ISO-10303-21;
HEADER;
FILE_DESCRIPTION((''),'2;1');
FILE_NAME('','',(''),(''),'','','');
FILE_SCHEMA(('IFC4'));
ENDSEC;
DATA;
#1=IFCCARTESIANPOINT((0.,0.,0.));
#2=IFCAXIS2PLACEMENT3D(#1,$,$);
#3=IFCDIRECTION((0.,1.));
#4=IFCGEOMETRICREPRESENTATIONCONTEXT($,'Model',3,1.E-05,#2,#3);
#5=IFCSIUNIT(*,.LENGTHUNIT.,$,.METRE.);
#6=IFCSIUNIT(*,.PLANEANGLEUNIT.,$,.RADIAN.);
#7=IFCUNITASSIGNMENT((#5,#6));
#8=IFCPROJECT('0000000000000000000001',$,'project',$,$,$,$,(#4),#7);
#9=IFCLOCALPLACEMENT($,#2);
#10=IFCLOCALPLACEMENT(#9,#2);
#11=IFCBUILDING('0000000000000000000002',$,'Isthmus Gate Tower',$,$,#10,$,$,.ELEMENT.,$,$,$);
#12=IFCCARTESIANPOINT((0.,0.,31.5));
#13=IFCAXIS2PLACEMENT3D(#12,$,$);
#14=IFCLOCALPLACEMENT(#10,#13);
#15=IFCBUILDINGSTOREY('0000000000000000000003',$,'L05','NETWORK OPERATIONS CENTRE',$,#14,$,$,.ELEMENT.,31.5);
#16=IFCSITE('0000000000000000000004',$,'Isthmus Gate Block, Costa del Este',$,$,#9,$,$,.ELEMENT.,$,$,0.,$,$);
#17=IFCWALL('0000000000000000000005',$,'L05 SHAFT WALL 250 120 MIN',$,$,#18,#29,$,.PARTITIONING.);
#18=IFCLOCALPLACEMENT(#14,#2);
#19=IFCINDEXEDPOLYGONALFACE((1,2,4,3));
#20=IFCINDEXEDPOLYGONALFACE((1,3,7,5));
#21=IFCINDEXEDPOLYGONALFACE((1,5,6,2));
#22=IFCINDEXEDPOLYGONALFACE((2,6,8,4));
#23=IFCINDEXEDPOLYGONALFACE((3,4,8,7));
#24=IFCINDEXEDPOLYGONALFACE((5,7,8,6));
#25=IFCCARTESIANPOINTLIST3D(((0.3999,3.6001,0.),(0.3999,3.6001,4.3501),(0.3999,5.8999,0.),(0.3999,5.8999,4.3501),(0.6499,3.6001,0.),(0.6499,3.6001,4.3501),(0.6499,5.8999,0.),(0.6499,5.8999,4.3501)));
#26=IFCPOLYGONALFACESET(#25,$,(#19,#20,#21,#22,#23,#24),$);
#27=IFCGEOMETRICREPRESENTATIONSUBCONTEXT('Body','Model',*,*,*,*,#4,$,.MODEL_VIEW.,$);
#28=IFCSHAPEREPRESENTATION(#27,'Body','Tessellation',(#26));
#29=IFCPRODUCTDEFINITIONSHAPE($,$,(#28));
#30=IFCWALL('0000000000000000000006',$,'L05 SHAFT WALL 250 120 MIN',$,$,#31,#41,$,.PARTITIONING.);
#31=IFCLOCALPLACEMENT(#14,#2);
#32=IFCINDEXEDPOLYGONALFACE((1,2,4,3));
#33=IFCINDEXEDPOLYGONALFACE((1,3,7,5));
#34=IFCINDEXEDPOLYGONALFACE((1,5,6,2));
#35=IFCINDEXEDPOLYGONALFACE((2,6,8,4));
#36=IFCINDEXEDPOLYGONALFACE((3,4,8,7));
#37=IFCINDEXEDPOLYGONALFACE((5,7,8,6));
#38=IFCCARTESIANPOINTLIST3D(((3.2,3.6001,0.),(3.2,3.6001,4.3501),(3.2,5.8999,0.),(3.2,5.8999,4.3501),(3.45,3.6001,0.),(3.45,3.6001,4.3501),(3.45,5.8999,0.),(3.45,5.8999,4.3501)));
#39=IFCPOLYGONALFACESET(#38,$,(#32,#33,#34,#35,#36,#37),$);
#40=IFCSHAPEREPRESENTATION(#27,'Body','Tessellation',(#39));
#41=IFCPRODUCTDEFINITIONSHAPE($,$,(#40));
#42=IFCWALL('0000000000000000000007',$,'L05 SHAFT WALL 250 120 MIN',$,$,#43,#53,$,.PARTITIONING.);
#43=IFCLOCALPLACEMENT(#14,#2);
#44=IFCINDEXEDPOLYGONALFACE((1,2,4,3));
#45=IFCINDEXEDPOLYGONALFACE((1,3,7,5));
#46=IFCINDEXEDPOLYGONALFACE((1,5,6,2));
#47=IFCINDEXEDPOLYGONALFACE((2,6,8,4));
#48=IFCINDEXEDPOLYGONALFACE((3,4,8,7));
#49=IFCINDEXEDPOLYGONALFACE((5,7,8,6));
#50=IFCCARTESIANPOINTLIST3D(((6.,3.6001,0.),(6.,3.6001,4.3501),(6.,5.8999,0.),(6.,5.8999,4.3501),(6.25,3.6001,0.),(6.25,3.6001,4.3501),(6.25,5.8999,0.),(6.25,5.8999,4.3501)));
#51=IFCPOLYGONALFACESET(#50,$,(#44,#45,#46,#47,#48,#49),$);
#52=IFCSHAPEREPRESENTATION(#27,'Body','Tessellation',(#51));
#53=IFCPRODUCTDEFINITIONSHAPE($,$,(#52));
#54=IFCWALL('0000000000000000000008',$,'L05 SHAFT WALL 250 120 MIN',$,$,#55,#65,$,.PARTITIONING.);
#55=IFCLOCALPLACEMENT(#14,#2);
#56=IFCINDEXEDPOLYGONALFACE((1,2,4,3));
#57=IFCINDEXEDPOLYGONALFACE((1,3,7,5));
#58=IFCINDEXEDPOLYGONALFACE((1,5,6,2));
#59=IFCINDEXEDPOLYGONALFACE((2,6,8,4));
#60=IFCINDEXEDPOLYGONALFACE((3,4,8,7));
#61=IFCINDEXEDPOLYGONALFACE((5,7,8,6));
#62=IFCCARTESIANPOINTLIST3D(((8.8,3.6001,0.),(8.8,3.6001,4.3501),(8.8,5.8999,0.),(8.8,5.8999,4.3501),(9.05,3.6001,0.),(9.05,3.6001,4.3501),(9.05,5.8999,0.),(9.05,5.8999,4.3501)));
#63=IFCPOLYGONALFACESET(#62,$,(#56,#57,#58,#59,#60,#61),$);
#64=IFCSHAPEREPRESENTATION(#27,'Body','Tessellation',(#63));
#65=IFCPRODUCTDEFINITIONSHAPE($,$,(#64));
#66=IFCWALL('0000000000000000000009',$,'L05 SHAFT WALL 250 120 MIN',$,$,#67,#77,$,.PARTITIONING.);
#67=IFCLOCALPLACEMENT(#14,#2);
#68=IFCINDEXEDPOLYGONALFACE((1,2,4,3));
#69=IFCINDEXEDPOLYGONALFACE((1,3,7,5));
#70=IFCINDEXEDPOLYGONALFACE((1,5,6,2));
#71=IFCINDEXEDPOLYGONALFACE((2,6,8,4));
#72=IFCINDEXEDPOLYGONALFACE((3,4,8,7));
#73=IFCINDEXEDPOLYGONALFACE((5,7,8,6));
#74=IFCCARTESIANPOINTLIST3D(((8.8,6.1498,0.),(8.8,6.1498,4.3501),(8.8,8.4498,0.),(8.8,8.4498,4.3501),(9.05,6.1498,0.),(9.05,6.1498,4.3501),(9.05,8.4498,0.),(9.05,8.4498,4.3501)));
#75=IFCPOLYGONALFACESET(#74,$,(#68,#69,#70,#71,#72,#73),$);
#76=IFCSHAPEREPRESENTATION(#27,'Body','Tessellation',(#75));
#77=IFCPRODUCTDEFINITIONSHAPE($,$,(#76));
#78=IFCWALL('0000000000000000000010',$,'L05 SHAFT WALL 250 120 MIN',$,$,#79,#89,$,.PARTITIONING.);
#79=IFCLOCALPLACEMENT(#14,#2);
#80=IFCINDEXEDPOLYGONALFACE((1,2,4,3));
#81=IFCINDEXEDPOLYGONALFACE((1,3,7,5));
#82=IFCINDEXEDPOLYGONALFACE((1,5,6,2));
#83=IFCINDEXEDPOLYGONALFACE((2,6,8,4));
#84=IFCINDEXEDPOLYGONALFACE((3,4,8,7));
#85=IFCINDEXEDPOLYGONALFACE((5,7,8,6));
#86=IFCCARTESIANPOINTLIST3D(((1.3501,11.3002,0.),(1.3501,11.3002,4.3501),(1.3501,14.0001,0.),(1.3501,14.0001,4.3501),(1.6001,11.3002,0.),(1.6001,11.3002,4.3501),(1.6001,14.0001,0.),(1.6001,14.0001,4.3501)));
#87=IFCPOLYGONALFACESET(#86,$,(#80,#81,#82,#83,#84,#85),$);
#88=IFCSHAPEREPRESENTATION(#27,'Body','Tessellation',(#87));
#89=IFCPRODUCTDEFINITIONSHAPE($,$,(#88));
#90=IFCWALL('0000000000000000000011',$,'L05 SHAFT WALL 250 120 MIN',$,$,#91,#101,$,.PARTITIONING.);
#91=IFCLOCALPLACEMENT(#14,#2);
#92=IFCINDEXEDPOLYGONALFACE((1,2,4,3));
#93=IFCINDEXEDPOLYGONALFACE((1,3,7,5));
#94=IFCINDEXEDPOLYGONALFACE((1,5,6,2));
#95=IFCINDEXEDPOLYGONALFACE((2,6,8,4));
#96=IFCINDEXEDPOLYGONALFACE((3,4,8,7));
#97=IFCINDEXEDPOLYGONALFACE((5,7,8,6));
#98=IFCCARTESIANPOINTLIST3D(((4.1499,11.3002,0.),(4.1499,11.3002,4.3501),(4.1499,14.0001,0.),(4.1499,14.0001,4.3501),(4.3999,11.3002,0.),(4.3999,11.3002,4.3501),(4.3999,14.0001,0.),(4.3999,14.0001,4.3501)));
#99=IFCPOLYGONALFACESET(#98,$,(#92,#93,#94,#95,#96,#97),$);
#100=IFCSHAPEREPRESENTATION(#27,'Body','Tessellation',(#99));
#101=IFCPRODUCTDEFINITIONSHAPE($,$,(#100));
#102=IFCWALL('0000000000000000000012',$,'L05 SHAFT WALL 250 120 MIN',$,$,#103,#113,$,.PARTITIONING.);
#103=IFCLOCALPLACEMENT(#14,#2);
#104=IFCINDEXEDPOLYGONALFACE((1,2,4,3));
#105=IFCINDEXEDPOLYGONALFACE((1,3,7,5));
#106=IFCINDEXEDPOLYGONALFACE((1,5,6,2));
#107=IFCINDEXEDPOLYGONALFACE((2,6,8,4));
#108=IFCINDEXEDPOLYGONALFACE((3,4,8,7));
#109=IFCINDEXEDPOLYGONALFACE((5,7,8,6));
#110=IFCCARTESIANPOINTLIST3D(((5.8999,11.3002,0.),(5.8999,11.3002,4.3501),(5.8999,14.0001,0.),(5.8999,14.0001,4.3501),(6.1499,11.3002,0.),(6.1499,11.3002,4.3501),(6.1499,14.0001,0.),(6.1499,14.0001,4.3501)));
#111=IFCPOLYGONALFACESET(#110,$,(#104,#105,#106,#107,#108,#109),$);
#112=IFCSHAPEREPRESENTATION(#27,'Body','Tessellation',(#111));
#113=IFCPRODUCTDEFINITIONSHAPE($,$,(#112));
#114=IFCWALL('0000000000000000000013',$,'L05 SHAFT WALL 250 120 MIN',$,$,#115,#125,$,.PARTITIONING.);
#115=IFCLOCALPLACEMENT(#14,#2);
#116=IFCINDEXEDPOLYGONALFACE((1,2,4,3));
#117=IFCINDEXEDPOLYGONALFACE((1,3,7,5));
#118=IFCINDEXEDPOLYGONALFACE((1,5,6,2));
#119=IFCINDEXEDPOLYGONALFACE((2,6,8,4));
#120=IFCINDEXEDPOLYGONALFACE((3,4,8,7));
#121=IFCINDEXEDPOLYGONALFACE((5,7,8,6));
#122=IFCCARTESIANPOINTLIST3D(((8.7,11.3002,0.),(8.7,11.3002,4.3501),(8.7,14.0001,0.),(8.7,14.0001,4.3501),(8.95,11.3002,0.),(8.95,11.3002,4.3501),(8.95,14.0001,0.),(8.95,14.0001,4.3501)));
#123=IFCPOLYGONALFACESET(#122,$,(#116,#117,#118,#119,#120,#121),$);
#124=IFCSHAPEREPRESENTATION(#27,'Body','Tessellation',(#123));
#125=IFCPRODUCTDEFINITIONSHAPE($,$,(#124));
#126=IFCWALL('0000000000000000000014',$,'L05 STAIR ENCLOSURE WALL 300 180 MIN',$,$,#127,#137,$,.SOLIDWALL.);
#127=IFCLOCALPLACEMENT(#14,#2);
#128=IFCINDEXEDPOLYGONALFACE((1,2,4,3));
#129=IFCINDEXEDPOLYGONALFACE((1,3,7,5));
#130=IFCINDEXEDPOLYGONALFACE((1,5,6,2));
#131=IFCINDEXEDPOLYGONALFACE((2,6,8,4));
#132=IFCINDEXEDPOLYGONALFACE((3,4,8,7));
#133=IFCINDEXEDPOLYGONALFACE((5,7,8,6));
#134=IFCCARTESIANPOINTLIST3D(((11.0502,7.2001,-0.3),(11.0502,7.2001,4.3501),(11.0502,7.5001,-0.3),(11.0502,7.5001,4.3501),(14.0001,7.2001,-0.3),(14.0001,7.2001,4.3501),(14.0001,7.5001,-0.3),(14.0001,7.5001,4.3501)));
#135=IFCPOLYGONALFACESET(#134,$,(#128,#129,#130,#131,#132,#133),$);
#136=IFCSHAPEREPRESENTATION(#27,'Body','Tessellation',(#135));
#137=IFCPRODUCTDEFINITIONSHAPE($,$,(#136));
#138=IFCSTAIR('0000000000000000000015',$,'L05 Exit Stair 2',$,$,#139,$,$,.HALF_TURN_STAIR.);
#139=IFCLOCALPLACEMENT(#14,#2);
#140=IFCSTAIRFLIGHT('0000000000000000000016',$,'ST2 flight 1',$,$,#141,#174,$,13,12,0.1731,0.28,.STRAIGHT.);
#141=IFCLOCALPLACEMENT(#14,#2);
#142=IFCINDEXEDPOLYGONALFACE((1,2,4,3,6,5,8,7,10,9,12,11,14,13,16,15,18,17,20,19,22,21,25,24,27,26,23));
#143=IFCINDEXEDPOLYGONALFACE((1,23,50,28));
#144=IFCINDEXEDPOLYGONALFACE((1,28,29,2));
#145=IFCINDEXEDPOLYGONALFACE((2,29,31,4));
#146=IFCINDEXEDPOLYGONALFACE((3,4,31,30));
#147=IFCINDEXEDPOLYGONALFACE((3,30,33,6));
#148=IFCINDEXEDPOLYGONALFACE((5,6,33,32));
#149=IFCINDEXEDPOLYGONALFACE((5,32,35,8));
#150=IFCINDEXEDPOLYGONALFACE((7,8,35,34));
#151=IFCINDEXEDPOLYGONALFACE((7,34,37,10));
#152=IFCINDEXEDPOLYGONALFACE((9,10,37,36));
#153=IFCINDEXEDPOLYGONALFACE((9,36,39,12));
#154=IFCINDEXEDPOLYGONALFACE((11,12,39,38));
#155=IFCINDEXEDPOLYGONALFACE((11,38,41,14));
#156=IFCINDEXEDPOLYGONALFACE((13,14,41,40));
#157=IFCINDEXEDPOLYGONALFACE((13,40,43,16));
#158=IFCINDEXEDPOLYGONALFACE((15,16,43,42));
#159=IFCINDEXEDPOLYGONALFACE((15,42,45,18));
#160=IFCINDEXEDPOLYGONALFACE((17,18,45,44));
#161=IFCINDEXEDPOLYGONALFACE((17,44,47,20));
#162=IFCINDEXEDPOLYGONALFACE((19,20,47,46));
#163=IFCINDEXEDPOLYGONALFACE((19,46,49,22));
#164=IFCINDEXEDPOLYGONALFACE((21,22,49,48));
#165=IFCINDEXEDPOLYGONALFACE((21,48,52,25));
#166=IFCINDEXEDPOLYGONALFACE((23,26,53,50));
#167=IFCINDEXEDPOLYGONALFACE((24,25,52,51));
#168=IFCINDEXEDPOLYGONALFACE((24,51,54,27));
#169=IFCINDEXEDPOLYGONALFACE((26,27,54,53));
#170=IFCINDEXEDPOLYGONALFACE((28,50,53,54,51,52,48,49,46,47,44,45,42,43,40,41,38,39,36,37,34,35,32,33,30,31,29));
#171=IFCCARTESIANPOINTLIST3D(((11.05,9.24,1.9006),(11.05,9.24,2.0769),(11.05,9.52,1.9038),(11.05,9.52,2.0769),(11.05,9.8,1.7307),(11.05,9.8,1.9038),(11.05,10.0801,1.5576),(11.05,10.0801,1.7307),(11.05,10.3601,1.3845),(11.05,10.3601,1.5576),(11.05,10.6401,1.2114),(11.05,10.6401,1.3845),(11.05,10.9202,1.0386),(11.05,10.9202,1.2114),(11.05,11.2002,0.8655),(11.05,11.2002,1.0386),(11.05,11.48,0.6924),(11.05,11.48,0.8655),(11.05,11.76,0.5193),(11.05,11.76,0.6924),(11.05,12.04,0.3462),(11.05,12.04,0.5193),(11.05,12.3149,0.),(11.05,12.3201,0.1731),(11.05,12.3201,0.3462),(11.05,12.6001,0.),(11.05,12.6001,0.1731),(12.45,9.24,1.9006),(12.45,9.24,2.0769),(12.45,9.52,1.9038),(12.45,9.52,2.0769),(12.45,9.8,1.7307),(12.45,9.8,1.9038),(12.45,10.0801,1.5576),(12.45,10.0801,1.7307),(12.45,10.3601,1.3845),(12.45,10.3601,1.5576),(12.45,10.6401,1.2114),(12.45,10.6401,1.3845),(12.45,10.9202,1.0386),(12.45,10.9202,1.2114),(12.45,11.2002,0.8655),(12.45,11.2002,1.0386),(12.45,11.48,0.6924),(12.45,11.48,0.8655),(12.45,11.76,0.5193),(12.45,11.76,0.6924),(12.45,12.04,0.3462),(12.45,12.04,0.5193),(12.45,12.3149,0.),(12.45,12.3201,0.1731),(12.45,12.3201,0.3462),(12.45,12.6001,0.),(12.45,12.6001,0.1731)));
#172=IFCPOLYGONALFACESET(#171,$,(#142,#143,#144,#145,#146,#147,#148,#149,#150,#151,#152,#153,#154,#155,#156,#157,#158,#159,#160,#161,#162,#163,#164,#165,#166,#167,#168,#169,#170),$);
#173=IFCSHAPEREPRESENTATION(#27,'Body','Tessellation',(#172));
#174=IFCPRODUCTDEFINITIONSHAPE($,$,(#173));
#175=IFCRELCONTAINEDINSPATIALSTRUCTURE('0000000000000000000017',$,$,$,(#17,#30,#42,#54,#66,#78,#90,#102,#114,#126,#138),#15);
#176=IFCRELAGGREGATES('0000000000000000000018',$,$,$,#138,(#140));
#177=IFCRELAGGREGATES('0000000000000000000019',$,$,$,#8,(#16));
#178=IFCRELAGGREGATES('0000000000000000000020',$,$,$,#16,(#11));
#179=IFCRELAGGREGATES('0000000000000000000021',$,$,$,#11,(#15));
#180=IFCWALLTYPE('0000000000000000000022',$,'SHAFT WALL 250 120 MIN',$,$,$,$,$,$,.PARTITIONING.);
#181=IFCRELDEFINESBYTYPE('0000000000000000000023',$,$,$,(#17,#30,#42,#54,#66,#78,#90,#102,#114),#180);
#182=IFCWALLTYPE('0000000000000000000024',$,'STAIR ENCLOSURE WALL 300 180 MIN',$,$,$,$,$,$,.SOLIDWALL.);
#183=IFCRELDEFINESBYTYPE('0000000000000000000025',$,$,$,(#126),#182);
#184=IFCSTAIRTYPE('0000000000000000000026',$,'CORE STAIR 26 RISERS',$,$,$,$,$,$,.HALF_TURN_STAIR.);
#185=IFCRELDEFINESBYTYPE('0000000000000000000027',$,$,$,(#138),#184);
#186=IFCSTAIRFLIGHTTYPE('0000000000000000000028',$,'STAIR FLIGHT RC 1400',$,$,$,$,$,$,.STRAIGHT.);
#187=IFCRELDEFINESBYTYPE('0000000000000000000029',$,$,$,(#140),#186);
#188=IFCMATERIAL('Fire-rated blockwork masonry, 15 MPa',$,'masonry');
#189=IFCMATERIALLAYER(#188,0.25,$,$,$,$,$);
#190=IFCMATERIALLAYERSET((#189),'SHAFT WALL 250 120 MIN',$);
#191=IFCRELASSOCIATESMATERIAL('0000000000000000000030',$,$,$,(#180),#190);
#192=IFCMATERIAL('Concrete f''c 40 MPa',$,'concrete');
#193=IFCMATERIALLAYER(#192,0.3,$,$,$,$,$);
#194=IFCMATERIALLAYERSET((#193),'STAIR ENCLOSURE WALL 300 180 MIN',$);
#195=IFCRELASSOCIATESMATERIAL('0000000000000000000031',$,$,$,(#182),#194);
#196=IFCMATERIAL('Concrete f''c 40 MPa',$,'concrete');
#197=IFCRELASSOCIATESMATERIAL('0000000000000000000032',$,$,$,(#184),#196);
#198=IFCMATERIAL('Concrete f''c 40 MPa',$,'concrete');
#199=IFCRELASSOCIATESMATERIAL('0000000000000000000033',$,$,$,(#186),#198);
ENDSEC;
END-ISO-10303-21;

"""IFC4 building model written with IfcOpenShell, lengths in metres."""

from ifc_helpers import new_model, si_unit, direction, frame, frame_2d, origin, place, context, subcontext, project, spatial, polyline, rectangle, outline, extrude, material, layer, layer_set, type_object, element, aggregate, save


model = new_model("IFC4")

# Units and contexts
model_context = context("Model", 3, precision=1e-05, world=origin(), true_north=direction((0.0, 1.0)))
body_context = subcontext(model_context, "Body", "Model", "MODEL_VIEW")
ifc_project = project(units=[si_unit("LENGTHUNIT", "METRE"), si_unit("PLANEANGLEUNIT", "RADIAN")], contexts=[model_context])

# Site, building, storey
site_placement = place(None, origin())
site = spatial("IfcSite", under=ifc_project, at=site_placement, Name="Isthmus Gate Block, Costa del Este", CompositionType="ELEMENT", RefElevation=0.0)
building_placement = place(site_placement, origin())
building = spatial("IfcBuilding", under=site, at=building_placement, Name="Isthmus Gate Tower", CompositionType="ELEMENT")
storey_placement = place(building_placement, frame((0.0, 0.0, 31.5)))
storey = spatial("IfcBuildingStorey", under=building, at=storey_placement, Name="L05", Description="NETWORK OPERATIONS CENTRE", CompositionType="ELEMENT", Elevation=31.5)

# Walls
ifc_material_1 = material(Name="Fire-rated blockwork masonry, 15 MPa", Category="masonry")
ifc_layer_1 = layer(ifc_material_1, 0.25)
ifc_layer_set_1 = layer_set([ifc_layer_1], Name="SHAFT WALL 250 120 MIN")
wall_type_1 = type_object("IfcWallType", Name="SHAFT WALL 250 120 MIN", PredefinedType="PARTITIONING", material=ifc_layer_set_1)
for number, where, z_axis, x_axis, name in (
    (1, (0.5249, 3.6001, 0.0), (0.0, 0.0, 1.0), (0.0, 1.0, 0.0), "L05 SHAFT WALL 250 120 MIN"),
    (2, (3.325, 3.6001, 0.0), (0.0, 0.0, 1.0), (0.0, 1.0, 0.0), "L05 SHAFT WALL 250 120 MIN"),
    (3, (6.125, 3.6001, 0.0), (0.0, 0.0, 1.0), (0.0, 1.0, 0.0), "L05 SHAFT WALL 250 120 MIN"),
    (4, (8.925, 3.6001, 0.0), (0.0, 0.0, 1.0), (0.0, 1.0, 0.0), "L05 SHAFT WALL 250 120 MIN"),
):
    element("IfcWall", number, at=place(storey_placement, frame(where, z_axis=z_axis, x_axis=x_axis)), inside=storey, type_object=wall_type_1, Name=name, PredefinedType="PARTITIONING", context=body_context, shape_type="SweptSolid", body=[
        extrude(rectangle(XDim=2.2998, YDim=0.25, at=frame_2d((1.1499, 0.0))), origin(), (0.0, 0.0, 1.0), 4.3501),
    ])
wall_1_placement = place(storey_placement, frame((8.925, 6.1499, 0.0), z_axis=(0.0, 0.0, 1.0), x_axis=(0.0, 1.0, 0.0)))
element("IfcWall", 5, at=wall_1_placement, inside=storey, type_object=wall_type_1, Name="L05 SHAFT WALL 250 120 MIN", PredefinedType="PARTITIONING", context=body_context, shape_type="SweptSolid", body=[
    extrude(rectangle(XDim=2.3, YDim=0.25, at=frame_2d((1.1499, 0.0))), origin(), (0.0, 0.0, 1.0), 4.3501),
])
for number, where, z_axis, x_axis, name in (
    (6, (1.4751, 11.3, 0.0), (0.0, 0.0, 1.0), (0.0, 1.0, 0.0), "L05 SHAFT WALL 250 120 MIN"),
    (7, (4.2749, 11.3, 0.0), (0.0, 0.0, 1.0), (0.0, 1.0, 0.0), "L05 SHAFT WALL 250 120 MIN"),
    (8, (6.0249, 11.3, 0.0), (0.0, 0.0, 1.0), (0.0, 1.0, 0.0), "L05 SHAFT WALL 250 120 MIN"),
    (9, (8.825, 11.3, 0.0), (0.0, 0.0, 1.0), (0.0, 1.0, 0.0), "L05 SHAFT WALL 250 120 MIN"),
):
    element("IfcWall", number, at=place(storey_placement, frame(where, z_axis=z_axis, x_axis=x_axis)), inside=storey, type_object=wall_type_1, Name=name, PredefinedType="PARTITIONING", context=body_context, shape_type="SweptSolid", body=[
        extrude(rectangle(XDim=2.7, YDim=0.25, at=frame_2d((1.3501, 0.0))), origin(), (0.0, 0.0, 1.0), 4.3501),
    ])
ifc_material_2 = material(Name="Concrete f'c 40 MPa", Category="concrete")
ifc_layer_2 = layer(ifc_material_2, 0.3)
ifc_layer_set_2 = layer_set([ifc_layer_2], Name="STAIR ENCLOSURE WALL 300 180 MIN")
wall_type_2 = type_object("IfcWallType", Name="STAIR ENCLOSURE WALL 300 180 MIN", PredefinedType="SOLIDWALL", material=ifc_layer_set_2)
wall_2_placement = place(storey_placement, frame((11.05, 7.3501, -0.3), z_axis=(0.0, 0.0, 1.0), x_axis=(1.0, 0.0, 0.0)))
element("IfcWall", 10, at=wall_2_placement, inside=storey, type_object=wall_type_2, Name="L05 STAIR ENCLOSURE WALL 300 180 MIN", PredefinedType="SOLIDWALL", context=body_context, shape_type="SweptSolid", body=[
    extrude(rectangle(XDim=2.95, YDim=0.3, at=frame_2d((1.4751, 0.0))), origin(), (0.0, 0.0, 1.0), 4.6501),
])

# Stair, stair flight
ifc_material_3 = material(Name="Concrete f'c 40 MPa", Category="concrete")
stair_type = type_object("IfcStairType", Name="CORE STAIR 26 RISERS", PredefinedType="HALF_TURN_STAIR", material=ifc_material_3)
stair_1_placement = place(storey_placement, origin())
stair_1 = element("IfcStair", 11, at=stair_1_placement, inside=storey, type_object=stair_type, Name="L05 Exit Stair 2", PredefinedType="HALF_TURN_STAIR")
ifc_material_4 = material(Name="Concrete f'c 40 MPa", Category="concrete")
stair_flight_type = type_object("IfcStairFlightType", Name="STAIR FLIGHT RC 1400", PredefinedType="STRAIGHT", material=ifc_material_4)
stair_flight_1_placement = place(storey_placement, frame((11.75, 12.6001, 0.0), z_axis=(0.0, 0.0, 1.0), x_axis=(0.0, -1.0, 0.0)))
stair_flight_1 = element("IfcStairFlight", 12, at=stair_flight_1_placement, type_object=stair_flight_type, Name="ST2 flight 1", NumberOfRisers=13, NumberOfTreads=12, PredefinedType="STRAIGHT", RiserHeight=0.1731, TreadLength=0.28, context=body_context, shape_type="SweptSolid", body=[
    extrude(outline(polyline([(0.0, 0.0), (0.0, 0.1731), (0.28, 0.1731), (0.28, 0.3462), (0.5601, 0.3462), (0.5601, 0.5193), (0.8401, 0.5193), (0.8401, 0.6924), (1.1201, 0.6924), (1.1201, 0.8655), (1.3999, 0.8655), (1.3999, 1.0386), (1.6799, 1.0386), (1.6799, 1.2114), (1.96, 1.2114), (1.96, 1.3845), (2.24, 1.3845), (2.24, 1.5576), (2.52, 1.5576), (2.52, 1.7307), (2.8, 1.7307), (2.8, 1.9038), (3.0801, 1.9038), (3.0801, 2.0769), (3.3601, 2.0769), (3.3601, 2.25), (3.3601, 1.9006), (0.2852, 0.0), (0.0, 0.0)])), frame((0.0, 0.7, 0.0), z_axis=(0.0, -1.0, 0.0), x_axis=(1.0, 0.0, 0.0)), (0.0, 0.0, 1.0), 1.3999),
])
aggregate(stair_1, [stair_flight_1])

save(model, "model.ifc")
